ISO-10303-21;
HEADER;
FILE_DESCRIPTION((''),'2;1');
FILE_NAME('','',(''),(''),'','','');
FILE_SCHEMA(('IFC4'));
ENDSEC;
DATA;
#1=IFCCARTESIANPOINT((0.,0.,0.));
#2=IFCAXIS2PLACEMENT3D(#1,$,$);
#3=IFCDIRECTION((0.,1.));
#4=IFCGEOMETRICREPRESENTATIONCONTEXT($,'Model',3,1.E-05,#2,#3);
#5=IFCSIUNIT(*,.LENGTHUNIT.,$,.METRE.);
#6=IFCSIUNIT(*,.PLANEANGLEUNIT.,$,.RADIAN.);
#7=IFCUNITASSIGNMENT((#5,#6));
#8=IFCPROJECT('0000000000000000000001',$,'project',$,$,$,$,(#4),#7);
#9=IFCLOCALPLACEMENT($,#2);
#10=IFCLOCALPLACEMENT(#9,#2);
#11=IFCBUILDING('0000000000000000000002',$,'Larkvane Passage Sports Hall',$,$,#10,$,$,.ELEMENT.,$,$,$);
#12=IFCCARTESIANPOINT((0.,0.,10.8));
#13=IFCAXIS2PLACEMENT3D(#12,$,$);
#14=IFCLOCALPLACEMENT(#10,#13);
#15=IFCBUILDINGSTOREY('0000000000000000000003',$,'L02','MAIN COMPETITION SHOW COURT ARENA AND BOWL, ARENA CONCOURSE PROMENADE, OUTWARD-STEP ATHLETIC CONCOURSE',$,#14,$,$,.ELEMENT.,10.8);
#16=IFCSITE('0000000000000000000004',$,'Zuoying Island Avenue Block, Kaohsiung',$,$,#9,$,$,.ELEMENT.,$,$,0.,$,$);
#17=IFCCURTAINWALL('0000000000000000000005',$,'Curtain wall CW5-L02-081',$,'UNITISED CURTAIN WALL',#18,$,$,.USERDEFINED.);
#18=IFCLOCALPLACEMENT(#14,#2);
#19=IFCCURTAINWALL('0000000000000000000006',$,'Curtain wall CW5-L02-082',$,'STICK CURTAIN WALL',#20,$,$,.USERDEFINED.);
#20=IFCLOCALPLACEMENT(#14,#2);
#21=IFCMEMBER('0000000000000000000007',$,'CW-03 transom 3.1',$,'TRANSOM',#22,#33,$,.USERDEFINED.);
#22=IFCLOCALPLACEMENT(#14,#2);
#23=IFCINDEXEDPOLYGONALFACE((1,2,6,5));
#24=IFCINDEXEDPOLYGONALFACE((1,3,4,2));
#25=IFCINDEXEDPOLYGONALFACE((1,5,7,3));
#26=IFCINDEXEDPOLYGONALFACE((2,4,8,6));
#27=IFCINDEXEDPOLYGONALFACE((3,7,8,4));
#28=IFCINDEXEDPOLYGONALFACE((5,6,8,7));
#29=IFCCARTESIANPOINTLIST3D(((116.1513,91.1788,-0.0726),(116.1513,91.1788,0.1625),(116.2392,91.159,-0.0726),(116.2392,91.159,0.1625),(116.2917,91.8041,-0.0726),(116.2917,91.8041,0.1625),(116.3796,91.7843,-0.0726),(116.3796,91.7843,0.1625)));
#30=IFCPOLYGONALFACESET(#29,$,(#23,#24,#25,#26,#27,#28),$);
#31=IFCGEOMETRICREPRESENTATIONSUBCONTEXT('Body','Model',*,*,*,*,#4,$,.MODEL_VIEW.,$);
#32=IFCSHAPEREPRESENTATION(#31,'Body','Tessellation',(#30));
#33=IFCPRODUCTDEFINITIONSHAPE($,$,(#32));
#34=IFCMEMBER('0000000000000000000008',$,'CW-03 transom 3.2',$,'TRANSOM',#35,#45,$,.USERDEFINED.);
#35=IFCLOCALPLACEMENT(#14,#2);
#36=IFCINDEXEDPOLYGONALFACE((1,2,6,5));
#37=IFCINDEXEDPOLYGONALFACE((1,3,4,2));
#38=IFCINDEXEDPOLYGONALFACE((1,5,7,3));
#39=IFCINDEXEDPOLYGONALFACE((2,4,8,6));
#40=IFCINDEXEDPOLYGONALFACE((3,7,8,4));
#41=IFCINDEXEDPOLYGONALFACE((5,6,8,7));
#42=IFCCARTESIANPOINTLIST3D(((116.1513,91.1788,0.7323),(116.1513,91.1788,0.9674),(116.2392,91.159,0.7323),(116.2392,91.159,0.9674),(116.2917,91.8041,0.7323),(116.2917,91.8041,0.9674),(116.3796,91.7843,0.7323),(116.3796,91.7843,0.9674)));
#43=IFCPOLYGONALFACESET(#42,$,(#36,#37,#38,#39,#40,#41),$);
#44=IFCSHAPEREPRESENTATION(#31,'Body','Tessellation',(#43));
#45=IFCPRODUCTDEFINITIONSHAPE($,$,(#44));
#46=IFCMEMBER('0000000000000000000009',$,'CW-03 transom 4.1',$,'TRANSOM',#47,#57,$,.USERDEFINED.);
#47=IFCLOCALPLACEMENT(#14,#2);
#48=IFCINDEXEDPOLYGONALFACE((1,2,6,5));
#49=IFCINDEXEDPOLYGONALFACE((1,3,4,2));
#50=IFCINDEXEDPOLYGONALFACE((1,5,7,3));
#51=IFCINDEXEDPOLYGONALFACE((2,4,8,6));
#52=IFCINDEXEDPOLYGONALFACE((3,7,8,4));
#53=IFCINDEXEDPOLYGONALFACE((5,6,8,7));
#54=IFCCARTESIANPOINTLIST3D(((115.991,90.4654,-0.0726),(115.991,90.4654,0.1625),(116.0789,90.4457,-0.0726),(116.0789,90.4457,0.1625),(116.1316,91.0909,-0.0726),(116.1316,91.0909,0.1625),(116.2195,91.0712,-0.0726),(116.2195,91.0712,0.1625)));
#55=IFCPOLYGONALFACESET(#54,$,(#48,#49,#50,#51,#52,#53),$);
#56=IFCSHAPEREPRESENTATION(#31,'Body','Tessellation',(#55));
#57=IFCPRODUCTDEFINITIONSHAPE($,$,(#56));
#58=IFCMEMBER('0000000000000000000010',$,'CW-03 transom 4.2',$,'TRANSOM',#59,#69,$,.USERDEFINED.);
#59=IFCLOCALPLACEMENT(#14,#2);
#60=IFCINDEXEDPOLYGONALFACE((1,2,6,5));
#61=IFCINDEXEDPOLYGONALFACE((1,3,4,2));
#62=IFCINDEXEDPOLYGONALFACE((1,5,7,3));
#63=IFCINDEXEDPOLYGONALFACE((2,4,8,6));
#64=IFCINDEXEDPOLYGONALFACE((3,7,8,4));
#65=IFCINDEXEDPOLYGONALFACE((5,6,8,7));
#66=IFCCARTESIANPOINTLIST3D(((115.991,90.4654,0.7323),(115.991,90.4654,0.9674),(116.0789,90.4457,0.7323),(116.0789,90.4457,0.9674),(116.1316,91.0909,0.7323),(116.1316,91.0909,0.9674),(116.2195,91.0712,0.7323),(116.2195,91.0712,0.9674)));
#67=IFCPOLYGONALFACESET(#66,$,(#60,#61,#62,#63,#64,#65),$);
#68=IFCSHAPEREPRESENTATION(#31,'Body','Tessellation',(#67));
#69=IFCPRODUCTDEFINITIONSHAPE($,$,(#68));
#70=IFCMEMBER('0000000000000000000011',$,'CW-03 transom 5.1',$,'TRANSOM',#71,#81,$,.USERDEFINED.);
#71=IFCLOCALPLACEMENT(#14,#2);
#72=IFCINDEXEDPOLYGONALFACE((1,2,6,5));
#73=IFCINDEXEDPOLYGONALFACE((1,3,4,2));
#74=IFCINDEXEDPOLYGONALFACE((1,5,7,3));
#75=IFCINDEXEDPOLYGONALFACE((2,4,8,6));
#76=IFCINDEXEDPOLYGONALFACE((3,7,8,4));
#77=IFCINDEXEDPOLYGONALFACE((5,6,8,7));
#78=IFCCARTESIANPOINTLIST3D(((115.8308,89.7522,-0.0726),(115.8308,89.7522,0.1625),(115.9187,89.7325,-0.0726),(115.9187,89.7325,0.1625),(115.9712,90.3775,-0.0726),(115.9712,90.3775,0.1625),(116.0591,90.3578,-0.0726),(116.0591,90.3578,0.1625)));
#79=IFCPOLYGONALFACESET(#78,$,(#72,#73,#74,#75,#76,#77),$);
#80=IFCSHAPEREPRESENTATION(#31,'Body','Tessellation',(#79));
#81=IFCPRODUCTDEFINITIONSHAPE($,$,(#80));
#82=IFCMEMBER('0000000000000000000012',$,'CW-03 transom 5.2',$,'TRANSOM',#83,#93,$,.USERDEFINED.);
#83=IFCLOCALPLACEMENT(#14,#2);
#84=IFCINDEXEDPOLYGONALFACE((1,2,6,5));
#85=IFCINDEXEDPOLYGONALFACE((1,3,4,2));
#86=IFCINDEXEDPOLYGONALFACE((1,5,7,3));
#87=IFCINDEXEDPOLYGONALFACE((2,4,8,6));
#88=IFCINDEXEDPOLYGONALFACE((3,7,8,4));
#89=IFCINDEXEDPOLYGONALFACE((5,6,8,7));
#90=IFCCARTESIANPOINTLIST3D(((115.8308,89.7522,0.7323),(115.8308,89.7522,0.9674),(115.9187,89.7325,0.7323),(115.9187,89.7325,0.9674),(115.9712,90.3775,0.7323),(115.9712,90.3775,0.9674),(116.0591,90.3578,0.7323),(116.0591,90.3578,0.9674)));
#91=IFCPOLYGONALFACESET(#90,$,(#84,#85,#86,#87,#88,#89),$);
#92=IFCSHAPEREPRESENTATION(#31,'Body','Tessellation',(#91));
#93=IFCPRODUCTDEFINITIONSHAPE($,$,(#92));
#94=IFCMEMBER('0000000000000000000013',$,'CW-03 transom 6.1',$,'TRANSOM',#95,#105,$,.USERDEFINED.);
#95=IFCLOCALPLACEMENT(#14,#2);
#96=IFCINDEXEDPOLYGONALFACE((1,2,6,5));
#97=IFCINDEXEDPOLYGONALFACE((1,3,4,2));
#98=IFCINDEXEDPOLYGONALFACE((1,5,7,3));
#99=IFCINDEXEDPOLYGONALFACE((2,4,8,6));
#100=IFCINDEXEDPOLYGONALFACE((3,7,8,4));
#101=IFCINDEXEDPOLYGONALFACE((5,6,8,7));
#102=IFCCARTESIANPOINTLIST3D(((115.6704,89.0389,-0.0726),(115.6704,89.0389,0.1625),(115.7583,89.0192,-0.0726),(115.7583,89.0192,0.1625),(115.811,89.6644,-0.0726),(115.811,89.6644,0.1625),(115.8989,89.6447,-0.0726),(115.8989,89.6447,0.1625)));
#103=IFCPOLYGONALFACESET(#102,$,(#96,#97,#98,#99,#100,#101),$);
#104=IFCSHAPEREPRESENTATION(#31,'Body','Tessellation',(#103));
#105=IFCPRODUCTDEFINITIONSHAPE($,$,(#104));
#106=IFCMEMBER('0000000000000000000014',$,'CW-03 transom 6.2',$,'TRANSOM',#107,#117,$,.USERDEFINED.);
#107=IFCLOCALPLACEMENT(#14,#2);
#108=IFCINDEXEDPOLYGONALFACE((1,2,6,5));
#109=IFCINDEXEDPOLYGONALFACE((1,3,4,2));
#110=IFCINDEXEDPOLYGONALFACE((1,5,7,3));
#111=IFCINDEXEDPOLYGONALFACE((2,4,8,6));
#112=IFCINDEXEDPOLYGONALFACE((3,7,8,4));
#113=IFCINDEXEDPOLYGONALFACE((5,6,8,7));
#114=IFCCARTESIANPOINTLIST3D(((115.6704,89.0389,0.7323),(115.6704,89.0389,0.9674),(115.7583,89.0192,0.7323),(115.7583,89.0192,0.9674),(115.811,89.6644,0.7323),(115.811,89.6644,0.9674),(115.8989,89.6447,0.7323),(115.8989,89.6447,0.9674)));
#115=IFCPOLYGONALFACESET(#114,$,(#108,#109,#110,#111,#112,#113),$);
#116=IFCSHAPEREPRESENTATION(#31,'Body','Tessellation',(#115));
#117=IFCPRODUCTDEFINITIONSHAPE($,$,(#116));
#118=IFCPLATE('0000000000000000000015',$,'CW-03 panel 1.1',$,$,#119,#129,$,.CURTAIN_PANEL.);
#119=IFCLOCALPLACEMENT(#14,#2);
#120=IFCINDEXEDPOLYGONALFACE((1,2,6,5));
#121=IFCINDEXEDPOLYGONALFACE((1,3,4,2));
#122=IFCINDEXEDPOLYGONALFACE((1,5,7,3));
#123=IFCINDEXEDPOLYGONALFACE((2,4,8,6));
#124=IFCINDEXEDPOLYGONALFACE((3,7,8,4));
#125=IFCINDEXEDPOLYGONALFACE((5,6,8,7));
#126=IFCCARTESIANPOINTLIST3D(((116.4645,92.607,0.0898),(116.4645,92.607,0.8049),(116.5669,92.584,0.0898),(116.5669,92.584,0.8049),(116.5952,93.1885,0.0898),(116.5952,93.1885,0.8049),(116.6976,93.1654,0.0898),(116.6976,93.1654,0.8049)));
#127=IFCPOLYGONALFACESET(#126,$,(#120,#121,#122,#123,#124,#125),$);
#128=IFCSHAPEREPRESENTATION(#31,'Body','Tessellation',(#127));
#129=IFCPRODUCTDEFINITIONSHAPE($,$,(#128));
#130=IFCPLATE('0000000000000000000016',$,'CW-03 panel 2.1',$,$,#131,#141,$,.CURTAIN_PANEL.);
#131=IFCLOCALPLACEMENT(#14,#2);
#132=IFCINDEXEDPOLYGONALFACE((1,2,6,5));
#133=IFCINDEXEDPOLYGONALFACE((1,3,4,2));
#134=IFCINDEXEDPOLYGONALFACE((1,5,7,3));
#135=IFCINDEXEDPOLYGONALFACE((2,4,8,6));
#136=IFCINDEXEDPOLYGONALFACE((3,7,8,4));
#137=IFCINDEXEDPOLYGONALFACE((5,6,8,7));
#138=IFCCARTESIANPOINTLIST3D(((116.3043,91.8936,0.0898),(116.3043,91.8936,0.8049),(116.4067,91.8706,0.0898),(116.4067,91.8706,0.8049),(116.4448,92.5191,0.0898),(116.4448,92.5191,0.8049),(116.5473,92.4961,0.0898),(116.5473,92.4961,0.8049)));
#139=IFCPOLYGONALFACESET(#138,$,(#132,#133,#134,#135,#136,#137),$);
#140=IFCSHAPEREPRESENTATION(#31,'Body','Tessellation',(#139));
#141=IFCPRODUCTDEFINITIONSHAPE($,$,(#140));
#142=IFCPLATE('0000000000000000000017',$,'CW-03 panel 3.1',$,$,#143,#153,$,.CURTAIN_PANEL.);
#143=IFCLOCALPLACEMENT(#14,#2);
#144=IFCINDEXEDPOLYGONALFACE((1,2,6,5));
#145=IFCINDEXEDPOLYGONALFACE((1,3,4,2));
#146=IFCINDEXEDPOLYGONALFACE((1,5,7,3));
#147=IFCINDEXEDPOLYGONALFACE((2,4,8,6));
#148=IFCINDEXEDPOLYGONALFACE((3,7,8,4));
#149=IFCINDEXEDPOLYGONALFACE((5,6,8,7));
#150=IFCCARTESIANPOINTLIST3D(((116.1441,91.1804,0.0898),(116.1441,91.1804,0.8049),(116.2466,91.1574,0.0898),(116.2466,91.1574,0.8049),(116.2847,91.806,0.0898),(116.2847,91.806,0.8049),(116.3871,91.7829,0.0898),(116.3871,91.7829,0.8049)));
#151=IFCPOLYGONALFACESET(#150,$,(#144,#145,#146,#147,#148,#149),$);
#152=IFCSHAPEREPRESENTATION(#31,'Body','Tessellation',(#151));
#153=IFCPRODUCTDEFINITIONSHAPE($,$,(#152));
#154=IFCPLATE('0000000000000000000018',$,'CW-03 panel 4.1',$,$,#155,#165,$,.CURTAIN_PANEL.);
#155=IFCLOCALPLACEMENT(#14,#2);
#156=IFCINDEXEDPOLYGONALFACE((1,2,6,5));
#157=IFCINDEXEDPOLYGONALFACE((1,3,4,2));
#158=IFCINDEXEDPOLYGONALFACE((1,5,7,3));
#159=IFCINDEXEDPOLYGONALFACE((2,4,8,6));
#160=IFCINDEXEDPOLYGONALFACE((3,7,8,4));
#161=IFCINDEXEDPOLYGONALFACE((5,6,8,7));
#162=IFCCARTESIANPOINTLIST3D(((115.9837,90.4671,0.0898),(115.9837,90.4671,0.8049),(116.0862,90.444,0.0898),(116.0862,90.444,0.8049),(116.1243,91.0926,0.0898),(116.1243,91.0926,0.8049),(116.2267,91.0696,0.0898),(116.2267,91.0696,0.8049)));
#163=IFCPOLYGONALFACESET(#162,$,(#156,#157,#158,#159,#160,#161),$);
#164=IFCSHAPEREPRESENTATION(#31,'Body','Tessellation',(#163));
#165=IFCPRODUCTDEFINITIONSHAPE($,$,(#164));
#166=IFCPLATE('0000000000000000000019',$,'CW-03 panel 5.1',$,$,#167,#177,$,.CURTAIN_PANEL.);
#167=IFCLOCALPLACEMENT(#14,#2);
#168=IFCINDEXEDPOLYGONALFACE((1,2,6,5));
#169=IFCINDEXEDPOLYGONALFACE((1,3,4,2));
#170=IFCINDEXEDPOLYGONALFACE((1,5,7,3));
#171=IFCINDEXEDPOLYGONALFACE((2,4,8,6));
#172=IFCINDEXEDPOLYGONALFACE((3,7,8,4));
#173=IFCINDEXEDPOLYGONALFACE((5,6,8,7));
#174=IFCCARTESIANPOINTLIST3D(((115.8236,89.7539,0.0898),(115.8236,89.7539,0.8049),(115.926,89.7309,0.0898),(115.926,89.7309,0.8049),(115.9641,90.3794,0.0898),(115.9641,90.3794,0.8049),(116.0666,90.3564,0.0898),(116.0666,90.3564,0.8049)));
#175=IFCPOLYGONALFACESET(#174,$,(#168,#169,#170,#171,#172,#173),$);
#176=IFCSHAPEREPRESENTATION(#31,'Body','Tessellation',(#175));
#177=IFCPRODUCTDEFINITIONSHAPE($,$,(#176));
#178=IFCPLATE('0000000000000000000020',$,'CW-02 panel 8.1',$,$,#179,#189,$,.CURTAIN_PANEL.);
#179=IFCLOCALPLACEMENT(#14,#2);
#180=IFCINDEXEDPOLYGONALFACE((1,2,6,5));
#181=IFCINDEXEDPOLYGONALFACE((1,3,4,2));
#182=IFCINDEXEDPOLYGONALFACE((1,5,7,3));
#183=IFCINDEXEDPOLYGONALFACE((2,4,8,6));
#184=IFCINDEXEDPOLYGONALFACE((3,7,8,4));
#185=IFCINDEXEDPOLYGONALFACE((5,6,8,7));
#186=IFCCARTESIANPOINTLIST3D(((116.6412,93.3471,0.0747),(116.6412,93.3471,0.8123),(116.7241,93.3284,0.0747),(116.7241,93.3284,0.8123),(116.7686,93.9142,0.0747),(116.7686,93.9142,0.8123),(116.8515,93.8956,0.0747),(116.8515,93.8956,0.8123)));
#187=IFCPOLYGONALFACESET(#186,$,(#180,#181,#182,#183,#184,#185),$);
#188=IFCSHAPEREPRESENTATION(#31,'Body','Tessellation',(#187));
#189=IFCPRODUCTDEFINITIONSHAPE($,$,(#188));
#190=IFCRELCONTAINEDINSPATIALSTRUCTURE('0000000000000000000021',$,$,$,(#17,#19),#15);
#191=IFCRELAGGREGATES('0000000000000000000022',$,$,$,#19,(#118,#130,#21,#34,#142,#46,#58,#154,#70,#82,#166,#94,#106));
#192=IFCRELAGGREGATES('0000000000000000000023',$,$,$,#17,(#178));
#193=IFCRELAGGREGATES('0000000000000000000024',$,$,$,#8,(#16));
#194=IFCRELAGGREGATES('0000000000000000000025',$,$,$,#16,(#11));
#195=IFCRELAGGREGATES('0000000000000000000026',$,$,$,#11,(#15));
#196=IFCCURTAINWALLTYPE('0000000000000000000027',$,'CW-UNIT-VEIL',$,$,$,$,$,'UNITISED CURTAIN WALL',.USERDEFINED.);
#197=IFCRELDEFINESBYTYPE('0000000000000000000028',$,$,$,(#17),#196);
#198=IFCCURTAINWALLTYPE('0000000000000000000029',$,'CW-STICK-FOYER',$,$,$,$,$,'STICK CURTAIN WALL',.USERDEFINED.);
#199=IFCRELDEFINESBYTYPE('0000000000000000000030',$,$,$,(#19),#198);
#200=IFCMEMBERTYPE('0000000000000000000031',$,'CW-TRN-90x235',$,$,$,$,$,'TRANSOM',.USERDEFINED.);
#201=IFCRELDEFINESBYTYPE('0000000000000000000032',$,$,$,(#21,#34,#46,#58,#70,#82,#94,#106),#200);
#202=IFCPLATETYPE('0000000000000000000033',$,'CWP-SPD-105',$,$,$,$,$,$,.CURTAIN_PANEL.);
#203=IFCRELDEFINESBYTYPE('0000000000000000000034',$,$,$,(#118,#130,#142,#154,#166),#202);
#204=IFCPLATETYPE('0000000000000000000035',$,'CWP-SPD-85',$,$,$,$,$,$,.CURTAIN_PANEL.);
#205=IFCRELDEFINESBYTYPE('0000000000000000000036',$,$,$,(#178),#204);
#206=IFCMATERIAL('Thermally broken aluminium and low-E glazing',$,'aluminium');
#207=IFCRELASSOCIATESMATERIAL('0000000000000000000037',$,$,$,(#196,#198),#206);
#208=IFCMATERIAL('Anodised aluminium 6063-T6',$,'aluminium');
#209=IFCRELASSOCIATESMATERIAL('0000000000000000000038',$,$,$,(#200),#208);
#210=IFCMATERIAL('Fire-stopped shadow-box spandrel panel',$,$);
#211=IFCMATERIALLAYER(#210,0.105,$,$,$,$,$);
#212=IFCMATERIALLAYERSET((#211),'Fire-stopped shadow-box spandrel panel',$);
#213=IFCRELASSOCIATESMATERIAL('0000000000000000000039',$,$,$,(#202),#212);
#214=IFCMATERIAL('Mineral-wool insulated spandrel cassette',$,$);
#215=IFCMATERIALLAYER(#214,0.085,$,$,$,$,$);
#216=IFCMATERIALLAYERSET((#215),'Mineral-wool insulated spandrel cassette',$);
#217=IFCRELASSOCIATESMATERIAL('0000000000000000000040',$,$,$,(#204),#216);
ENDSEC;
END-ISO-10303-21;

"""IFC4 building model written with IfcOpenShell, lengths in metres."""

from ifc_helpers import new_model, si_unit, direction, frame, origin, origin_2d, place, context, subcontext, project, spatial, rectangle, extrude, material, layer, layer_set, material_profile, profile_set, type_object, element, aggregate, save


model = new_model("IFC4")

# Units and contexts
model_context = context("Model", 3, precision=1e-05, world=origin(), true_north=direction((0.0, 1.0)))
body_context = subcontext(model_context, "Body", "Model", "MODEL_VIEW")
ifc_project = project(units=[si_unit("LENGTHUNIT", "METRE"), si_unit("PLANEANGLEUNIT", "RADIAN")], contexts=[model_context])

# Site, building, storey
site_placement = place(None, origin())
site = spatial("IfcSite", under=ifc_project, at=site_placement, Name="Zuoying Island Avenue Block, Kaohsiung", CompositionType="ELEMENT", RefElevation=0.0)
building_placement = place(site_placement, origin())
building = spatial("IfcBuilding", under=site, at=building_placement, Name="Larkvane Passage Sports Hall", CompositionType="ELEMENT")
storey_placement = place(building_placement, frame((0.0, 0.0, 10.8)))
storey = spatial("IfcBuildingStorey", under=building, at=storey_placement, Name="L02", Description="MAIN COMPETITION SHOW COURT ARENA AND BOWL, ARENA CONCOURSE PROMENADE, OUTWARD-STEP ATHLETIC CONCOURSE", CompositionType="ELEMENT", Elevation=10.8)

# Curtain walls
ifc_material_1 = material(Name="Thermally broken aluminium and low-E glazing", Category="aluminium")
curtain_wall_type_1 = type_object("IfcCurtainWallType", Name="CW-UNIT-VEIL", ElementType="UNITISED CURTAIN WALL", PredefinedType="USERDEFINED", material=ifc_material_1)
curtain_wall_1_placement = place(storey_placement, origin())
curtain_wall_1 = element("IfcCurtainWall", 1, at=curtain_wall_1_placement, inside=storey, type_object=curtain_wall_type_1, Name="Curtain wall CW5-L02-081", ObjectType="UNITISED CURTAIN WALL", PredefinedType="USERDEFINED")
ifc_material_2 = material(Name="Anodised aluminium 6063-T6", Category="aluminium")
curtain_wall_type_2 = type_object("IfcCurtainWallType", Name="CW-STICK-FOYER", ElementType="STICK CURTAIN WALL", PredefinedType="USERDEFINED", material=ifc_material_1)
curtain_wall_2_placement = place(storey_placement, origin())
curtain_wall_2 = element("IfcCurtainWall", 2, at=curtain_wall_2_placement, inside=storey, type_object=curtain_wall_type_2, Name="Curtain wall CW5-L02-082", ObjectType="STICK CURTAIN WALL", PredefinedType="USERDEFINED")

# Members
ifc_material_profile_1 = material_profile(ifc_material_2, rectangle(XDim=0.0901, YDim=0.2351, at=origin_2d()), Name="ALU-TRN-90x235")
ifc_profile_set_1 = profile_set([ifc_material_profile_1], Name="Anodised aluminium 6063-T6")
member_type_1 = type_object("IfcMemberType", Name="CW-TRN-90x235", ElementType="TRANSOM", PredefinedType="USERDEFINED", material=ifc_profile_set_1)
member_1_placement = place(storey_placement, frame((116.3357, 91.7942, 0.0449), z_axis=(-0.219068, -0.97571, 0.0), x_axis=(0.97571, -0.219068, 0.0)))
member_1 = element("IfcMember", 3, at=member_1_placement, type_object=member_type_1, Name="CW-03 transom 3.1", ObjectType="TRANSOM", PredefinedType="USERDEFINED", context=body_context, shape_type="SweptSolid", body=[
    extrude(rectangle(XDim=0.0901, YDim=0.2351, at=origin_2d()), origin(), (0.0, 0.0, 1.0), 0.6409),
])
member_2_placement = place(storey_placement, frame((116.3357, 91.7942, 0.8499), z_axis=(-0.219068, -0.97571, 0.0), x_axis=(0.97571, -0.219068, 0.0)))
member_2 = element("IfcMember", 4, at=member_2_placement, type_object=member_type_1, Name="CW-03 transom 3.2", ObjectType="TRANSOM", PredefinedType="USERDEFINED", context=body_context, shape_type="SweptSolid", body=[
    extrude(rectangle(XDim=0.0901, YDim=0.2351, at=origin_2d()), origin(), (0.0, 0.0, 1.0), 0.6409),
])
member_3_placement = place(storey_placement, frame((116.1755, 91.0811, 0.0449), z_axis=(-0.219349, -0.975646, 0.0), x_axis=(0.975646, -0.219349, 0.0)))
member_3 = element("IfcMember", 5, at=member_3_placement, type_object=member_type_1, Name="CW-03 transom 4.1", ObjectType="TRANSOM", PredefinedType="USERDEFINED", context=body_context, shape_type="SweptSolid", body=[
    extrude(rectangle(XDim=0.0901, YDim=0.2351, at=origin_2d()), origin(), (0.0, 0.0, 1.0), 0.6411),
])
member_4_placement = place(storey_placement, frame((116.1755, 91.0811, 0.8499), z_axis=(-0.219349, -0.975646, 0.0), x_axis=(0.975646, -0.219349, 0.0)))
member_4 = element("IfcMember", 6, at=member_4_placement, type_object=member_type_1, Name="CW-03 transom 4.2", ObjectType="TRANSOM", PredefinedType="USERDEFINED", context=body_context, shape_type="SweptSolid", body=[
    extrude(rectangle(XDim=0.0901, YDim=0.2351, at=origin_2d()), origin(), (0.0, 0.0, 1.0), 0.6411),
])
member_5_placement = place(storey_placement, frame((116.0151, 90.3677, 0.0449), z_axis=(-0.219068, -0.97571, 0.0), x_axis=(0.97571, -0.219068, 0.0)))
member_5 = element("IfcMember", 7, at=member_5_placement, type_object=member_type_1, Name="CW-03 transom 5.1", ObjectType="TRANSOM", PredefinedType="USERDEFINED", context=body_context, shape_type="SweptSolid", body=[
    extrude(rectangle(XDim=0.0901, YDim=0.2351, at=origin_2d()), origin(), (0.0, 0.0, 1.0), 0.6409),
])
member_6_placement = place(storey_placement, frame((116.0151, 90.3677, 0.8499), z_axis=(-0.219068, -0.97571, 0.0), x_axis=(0.97571, -0.219068, 0.0)))
member_6 = element("IfcMember", 8, at=member_6_placement, type_object=member_type_1, Name="CW-03 transom 5.2", ObjectType="TRANSOM", PredefinedType="USERDEFINED", context=body_context, shape_type="SweptSolid", body=[
    extrude(rectangle(XDim=0.0901, YDim=0.2351, at=origin_2d()), origin(), (0.0, 0.0, 1.0), 0.6409),
])
member_7_placement = place(storey_placement, frame((115.855, 89.6545, 0.0449), z_axis=(-0.219349, -0.975646, 0.0), x_axis=(0.975646, -0.219349, 0.0)))
member_7 = element("IfcMember", 9, at=member_7_placement, type_object=member_type_1, Name="CW-03 transom 6.1", ObjectType="TRANSOM", PredefinedType="USERDEFINED", context=body_context, shape_type="SweptSolid", body=[
    extrude(rectangle(XDim=0.0901, YDim=0.2351, at=origin_2d()), origin(), (0.0, 0.0, 1.0), 0.6411),
])
member_8_placement = place(storey_placement, frame((115.855, 89.6545, 0.8499), z_axis=(-0.219349, -0.975646, 0.0), x_axis=(0.975646, -0.219349, 0.0)))
member_8 = element("IfcMember", 10, at=member_8_placement, type_object=member_type_1, Name="CW-03 transom 6.2", ObjectType="TRANSOM", PredefinedType="USERDEFINED", context=body_context, shape_type="SweptSolid", body=[
    extrude(rectangle(XDim=0.0901, YDim=0.2351, at=origin_2d()), origin(), (0.0, 0.0, 1.0), 0.6411),
])

# Plates
ifc_material_3 = material(Name="Fire-stopped shadow-box spandrel panel")
ifc_layer_1 = layer(ifc_material_3, 0.105)
ifc_layer_set_1 = layer_set([ifc_layer_1], Name="Fire-stopped shadow-box spandrel panel")
plate_type_1 = type_object("IfcPlateType", Name="CWP-SPD-105", PredefinedType="CURTAIN_PANEL", material=ifc_layer_set_1)
plate_1_placement = place(storey_placement, frame((116.5811, 92.8862, 0.0898), z_axis=(0.0, 0.0, 1.0), x_axis=(-0.219244, -0.97567, 0.0)))
plate_1 = element("IfcPlate", 11, at=plate_1_placement, type_object=plate_type_1, Name="CW-03 panel 1.1", PredefinedType="CURTAIN_PANEL", context=body_context, shape_type="SweptSolid", body=[
    extrude(rectangle(XDim=0.5959, YDim=0.105, at=origin_2d()), origin(), (0.0, 0.0, 1.0), 0.7151),
])
plate_2_placement = place(storey_placement, frame((116.4258, 92.1948, 0.0898), z_axis=(0.0, 0.0, 1.0), x_axis=(-0.219244, -0.97567, 0.0)))
plate_2 = element("IfcPlate", 12, at=plate_2_placement, type_object=plate_type_1, Name="CW-03 panel 2.1", PredefinedType="CURTAIN_PANEL", context=body_context, shape_type="SweptSolid", body=[
    extrude(rectangle(XDim=0.6411, YDim=0.105, at=origin_2d()), origin(), (0.0, 0.0, 1.0), 0.7151),
])
plate_3_placement = place(storey_placement, frame((116.2656, 91.4817, 0.0898), z_axis=(0.0, 0.0, 1.0), x_axis=(-0.219244, -0.97567, 0.0)))
plate_3 = element("IfcPlate", 13, at=plate_3_placement, type_object=plate_type_1, Name="CW-03 panel 3.1", PredefinedType="CURTAIN_PANEL", context=body_context, shape_type="SweptSolid", body=[
    extrude(rectangle(XDim=0.6411, YDim=0.105, at=origin_2d()), origin(), (0.0, 0.0, 1.0), 0.7151),
])
plate_4_placement = place(storey_placement, frame((116.1052, 90.7683, 0.0898), z_axis=(0.0, 0.0, 1.0), x_axis=(-0.219244, -0.97567, 0.0)))
plate_4 = element("IfcPlate", 14, at=plate_4_placement, type_object=plate_type_1, Name="CW-03 panel 4.1", PredefinedType="CURTAIN_PANEL", context=body_context, shape_type="SweptSolid", body=[
    extrude(rectangle(XDim=0.6411, YDim=0.105, at=origin_2d()), origin(), (0.0, 0.0, 1.0), 0.7151),
])
plate_5_placement = place(storey_placement, frame((115.9451, 90.0552, 0.0898), z_axis=(0.0, 0.0, 1.0), x_axis=(-0.219244, -0.97567, 0.0)))
plate_5 = element("IfcPlate", 15, at=plate_5_placement, type_object=plate_type_1, Name="CW-03 panel 5.1", PredefinedType="CURTAIN_PANEL", context=body_context, shape_type="SweptSolid", body=[
    extrude(rectangle(XDim=0.6411, YDim=0.105, at=origin_2d()), origin(), (0.0, 0.0, 1.0), 0.7151),
])
aggregate(curtain_wall_2, [plate_1, plate_2, member_1, member_2, plate_3, member_3, member_4, plate_4, member_5, member_6, plate_5, member_7, member_8])
ifc_material_4 = material(Name="Mineral-wool insulated spandrel cassette")
ifc_layer_2 = layer(ifc_material_4, 0.085)
ifc_layer_set_2 = layer_set([ifc_layer_2], Name="Mineral-wool insulated spandrel cassette")
plate_type_2 = type_object("IfcPlateType", Name="CWP-SPD-85", PredefinedType="CURTAIN_PANEL", material=ifc_layer_set_2)
plate_6_placement = place(storey_placement, frame((116.7463, 93.6213, 0.0747), z_axis=(0.0, 0.0, 1.0), x_axis=(-0.219257, -0.975667, 0.0)))
plate_6 = element("IfcPlate", 16, at=plate_6_placement, type_object=plate_type_2, Name="CW-02 panel 8.1", PredefinedType="CURTAIN_PANEL", context=body_context, shape_type="SweptSolid", body=[
    extrude(rectangle(XDim=0.5813, YDim=0.085, at=origin_2d()), origin(), (0.0, 0.0, 1.0), 0.7375),
])
aggregate(curtain_wall_1, [plate_6])

save(model, "model.ifc")
